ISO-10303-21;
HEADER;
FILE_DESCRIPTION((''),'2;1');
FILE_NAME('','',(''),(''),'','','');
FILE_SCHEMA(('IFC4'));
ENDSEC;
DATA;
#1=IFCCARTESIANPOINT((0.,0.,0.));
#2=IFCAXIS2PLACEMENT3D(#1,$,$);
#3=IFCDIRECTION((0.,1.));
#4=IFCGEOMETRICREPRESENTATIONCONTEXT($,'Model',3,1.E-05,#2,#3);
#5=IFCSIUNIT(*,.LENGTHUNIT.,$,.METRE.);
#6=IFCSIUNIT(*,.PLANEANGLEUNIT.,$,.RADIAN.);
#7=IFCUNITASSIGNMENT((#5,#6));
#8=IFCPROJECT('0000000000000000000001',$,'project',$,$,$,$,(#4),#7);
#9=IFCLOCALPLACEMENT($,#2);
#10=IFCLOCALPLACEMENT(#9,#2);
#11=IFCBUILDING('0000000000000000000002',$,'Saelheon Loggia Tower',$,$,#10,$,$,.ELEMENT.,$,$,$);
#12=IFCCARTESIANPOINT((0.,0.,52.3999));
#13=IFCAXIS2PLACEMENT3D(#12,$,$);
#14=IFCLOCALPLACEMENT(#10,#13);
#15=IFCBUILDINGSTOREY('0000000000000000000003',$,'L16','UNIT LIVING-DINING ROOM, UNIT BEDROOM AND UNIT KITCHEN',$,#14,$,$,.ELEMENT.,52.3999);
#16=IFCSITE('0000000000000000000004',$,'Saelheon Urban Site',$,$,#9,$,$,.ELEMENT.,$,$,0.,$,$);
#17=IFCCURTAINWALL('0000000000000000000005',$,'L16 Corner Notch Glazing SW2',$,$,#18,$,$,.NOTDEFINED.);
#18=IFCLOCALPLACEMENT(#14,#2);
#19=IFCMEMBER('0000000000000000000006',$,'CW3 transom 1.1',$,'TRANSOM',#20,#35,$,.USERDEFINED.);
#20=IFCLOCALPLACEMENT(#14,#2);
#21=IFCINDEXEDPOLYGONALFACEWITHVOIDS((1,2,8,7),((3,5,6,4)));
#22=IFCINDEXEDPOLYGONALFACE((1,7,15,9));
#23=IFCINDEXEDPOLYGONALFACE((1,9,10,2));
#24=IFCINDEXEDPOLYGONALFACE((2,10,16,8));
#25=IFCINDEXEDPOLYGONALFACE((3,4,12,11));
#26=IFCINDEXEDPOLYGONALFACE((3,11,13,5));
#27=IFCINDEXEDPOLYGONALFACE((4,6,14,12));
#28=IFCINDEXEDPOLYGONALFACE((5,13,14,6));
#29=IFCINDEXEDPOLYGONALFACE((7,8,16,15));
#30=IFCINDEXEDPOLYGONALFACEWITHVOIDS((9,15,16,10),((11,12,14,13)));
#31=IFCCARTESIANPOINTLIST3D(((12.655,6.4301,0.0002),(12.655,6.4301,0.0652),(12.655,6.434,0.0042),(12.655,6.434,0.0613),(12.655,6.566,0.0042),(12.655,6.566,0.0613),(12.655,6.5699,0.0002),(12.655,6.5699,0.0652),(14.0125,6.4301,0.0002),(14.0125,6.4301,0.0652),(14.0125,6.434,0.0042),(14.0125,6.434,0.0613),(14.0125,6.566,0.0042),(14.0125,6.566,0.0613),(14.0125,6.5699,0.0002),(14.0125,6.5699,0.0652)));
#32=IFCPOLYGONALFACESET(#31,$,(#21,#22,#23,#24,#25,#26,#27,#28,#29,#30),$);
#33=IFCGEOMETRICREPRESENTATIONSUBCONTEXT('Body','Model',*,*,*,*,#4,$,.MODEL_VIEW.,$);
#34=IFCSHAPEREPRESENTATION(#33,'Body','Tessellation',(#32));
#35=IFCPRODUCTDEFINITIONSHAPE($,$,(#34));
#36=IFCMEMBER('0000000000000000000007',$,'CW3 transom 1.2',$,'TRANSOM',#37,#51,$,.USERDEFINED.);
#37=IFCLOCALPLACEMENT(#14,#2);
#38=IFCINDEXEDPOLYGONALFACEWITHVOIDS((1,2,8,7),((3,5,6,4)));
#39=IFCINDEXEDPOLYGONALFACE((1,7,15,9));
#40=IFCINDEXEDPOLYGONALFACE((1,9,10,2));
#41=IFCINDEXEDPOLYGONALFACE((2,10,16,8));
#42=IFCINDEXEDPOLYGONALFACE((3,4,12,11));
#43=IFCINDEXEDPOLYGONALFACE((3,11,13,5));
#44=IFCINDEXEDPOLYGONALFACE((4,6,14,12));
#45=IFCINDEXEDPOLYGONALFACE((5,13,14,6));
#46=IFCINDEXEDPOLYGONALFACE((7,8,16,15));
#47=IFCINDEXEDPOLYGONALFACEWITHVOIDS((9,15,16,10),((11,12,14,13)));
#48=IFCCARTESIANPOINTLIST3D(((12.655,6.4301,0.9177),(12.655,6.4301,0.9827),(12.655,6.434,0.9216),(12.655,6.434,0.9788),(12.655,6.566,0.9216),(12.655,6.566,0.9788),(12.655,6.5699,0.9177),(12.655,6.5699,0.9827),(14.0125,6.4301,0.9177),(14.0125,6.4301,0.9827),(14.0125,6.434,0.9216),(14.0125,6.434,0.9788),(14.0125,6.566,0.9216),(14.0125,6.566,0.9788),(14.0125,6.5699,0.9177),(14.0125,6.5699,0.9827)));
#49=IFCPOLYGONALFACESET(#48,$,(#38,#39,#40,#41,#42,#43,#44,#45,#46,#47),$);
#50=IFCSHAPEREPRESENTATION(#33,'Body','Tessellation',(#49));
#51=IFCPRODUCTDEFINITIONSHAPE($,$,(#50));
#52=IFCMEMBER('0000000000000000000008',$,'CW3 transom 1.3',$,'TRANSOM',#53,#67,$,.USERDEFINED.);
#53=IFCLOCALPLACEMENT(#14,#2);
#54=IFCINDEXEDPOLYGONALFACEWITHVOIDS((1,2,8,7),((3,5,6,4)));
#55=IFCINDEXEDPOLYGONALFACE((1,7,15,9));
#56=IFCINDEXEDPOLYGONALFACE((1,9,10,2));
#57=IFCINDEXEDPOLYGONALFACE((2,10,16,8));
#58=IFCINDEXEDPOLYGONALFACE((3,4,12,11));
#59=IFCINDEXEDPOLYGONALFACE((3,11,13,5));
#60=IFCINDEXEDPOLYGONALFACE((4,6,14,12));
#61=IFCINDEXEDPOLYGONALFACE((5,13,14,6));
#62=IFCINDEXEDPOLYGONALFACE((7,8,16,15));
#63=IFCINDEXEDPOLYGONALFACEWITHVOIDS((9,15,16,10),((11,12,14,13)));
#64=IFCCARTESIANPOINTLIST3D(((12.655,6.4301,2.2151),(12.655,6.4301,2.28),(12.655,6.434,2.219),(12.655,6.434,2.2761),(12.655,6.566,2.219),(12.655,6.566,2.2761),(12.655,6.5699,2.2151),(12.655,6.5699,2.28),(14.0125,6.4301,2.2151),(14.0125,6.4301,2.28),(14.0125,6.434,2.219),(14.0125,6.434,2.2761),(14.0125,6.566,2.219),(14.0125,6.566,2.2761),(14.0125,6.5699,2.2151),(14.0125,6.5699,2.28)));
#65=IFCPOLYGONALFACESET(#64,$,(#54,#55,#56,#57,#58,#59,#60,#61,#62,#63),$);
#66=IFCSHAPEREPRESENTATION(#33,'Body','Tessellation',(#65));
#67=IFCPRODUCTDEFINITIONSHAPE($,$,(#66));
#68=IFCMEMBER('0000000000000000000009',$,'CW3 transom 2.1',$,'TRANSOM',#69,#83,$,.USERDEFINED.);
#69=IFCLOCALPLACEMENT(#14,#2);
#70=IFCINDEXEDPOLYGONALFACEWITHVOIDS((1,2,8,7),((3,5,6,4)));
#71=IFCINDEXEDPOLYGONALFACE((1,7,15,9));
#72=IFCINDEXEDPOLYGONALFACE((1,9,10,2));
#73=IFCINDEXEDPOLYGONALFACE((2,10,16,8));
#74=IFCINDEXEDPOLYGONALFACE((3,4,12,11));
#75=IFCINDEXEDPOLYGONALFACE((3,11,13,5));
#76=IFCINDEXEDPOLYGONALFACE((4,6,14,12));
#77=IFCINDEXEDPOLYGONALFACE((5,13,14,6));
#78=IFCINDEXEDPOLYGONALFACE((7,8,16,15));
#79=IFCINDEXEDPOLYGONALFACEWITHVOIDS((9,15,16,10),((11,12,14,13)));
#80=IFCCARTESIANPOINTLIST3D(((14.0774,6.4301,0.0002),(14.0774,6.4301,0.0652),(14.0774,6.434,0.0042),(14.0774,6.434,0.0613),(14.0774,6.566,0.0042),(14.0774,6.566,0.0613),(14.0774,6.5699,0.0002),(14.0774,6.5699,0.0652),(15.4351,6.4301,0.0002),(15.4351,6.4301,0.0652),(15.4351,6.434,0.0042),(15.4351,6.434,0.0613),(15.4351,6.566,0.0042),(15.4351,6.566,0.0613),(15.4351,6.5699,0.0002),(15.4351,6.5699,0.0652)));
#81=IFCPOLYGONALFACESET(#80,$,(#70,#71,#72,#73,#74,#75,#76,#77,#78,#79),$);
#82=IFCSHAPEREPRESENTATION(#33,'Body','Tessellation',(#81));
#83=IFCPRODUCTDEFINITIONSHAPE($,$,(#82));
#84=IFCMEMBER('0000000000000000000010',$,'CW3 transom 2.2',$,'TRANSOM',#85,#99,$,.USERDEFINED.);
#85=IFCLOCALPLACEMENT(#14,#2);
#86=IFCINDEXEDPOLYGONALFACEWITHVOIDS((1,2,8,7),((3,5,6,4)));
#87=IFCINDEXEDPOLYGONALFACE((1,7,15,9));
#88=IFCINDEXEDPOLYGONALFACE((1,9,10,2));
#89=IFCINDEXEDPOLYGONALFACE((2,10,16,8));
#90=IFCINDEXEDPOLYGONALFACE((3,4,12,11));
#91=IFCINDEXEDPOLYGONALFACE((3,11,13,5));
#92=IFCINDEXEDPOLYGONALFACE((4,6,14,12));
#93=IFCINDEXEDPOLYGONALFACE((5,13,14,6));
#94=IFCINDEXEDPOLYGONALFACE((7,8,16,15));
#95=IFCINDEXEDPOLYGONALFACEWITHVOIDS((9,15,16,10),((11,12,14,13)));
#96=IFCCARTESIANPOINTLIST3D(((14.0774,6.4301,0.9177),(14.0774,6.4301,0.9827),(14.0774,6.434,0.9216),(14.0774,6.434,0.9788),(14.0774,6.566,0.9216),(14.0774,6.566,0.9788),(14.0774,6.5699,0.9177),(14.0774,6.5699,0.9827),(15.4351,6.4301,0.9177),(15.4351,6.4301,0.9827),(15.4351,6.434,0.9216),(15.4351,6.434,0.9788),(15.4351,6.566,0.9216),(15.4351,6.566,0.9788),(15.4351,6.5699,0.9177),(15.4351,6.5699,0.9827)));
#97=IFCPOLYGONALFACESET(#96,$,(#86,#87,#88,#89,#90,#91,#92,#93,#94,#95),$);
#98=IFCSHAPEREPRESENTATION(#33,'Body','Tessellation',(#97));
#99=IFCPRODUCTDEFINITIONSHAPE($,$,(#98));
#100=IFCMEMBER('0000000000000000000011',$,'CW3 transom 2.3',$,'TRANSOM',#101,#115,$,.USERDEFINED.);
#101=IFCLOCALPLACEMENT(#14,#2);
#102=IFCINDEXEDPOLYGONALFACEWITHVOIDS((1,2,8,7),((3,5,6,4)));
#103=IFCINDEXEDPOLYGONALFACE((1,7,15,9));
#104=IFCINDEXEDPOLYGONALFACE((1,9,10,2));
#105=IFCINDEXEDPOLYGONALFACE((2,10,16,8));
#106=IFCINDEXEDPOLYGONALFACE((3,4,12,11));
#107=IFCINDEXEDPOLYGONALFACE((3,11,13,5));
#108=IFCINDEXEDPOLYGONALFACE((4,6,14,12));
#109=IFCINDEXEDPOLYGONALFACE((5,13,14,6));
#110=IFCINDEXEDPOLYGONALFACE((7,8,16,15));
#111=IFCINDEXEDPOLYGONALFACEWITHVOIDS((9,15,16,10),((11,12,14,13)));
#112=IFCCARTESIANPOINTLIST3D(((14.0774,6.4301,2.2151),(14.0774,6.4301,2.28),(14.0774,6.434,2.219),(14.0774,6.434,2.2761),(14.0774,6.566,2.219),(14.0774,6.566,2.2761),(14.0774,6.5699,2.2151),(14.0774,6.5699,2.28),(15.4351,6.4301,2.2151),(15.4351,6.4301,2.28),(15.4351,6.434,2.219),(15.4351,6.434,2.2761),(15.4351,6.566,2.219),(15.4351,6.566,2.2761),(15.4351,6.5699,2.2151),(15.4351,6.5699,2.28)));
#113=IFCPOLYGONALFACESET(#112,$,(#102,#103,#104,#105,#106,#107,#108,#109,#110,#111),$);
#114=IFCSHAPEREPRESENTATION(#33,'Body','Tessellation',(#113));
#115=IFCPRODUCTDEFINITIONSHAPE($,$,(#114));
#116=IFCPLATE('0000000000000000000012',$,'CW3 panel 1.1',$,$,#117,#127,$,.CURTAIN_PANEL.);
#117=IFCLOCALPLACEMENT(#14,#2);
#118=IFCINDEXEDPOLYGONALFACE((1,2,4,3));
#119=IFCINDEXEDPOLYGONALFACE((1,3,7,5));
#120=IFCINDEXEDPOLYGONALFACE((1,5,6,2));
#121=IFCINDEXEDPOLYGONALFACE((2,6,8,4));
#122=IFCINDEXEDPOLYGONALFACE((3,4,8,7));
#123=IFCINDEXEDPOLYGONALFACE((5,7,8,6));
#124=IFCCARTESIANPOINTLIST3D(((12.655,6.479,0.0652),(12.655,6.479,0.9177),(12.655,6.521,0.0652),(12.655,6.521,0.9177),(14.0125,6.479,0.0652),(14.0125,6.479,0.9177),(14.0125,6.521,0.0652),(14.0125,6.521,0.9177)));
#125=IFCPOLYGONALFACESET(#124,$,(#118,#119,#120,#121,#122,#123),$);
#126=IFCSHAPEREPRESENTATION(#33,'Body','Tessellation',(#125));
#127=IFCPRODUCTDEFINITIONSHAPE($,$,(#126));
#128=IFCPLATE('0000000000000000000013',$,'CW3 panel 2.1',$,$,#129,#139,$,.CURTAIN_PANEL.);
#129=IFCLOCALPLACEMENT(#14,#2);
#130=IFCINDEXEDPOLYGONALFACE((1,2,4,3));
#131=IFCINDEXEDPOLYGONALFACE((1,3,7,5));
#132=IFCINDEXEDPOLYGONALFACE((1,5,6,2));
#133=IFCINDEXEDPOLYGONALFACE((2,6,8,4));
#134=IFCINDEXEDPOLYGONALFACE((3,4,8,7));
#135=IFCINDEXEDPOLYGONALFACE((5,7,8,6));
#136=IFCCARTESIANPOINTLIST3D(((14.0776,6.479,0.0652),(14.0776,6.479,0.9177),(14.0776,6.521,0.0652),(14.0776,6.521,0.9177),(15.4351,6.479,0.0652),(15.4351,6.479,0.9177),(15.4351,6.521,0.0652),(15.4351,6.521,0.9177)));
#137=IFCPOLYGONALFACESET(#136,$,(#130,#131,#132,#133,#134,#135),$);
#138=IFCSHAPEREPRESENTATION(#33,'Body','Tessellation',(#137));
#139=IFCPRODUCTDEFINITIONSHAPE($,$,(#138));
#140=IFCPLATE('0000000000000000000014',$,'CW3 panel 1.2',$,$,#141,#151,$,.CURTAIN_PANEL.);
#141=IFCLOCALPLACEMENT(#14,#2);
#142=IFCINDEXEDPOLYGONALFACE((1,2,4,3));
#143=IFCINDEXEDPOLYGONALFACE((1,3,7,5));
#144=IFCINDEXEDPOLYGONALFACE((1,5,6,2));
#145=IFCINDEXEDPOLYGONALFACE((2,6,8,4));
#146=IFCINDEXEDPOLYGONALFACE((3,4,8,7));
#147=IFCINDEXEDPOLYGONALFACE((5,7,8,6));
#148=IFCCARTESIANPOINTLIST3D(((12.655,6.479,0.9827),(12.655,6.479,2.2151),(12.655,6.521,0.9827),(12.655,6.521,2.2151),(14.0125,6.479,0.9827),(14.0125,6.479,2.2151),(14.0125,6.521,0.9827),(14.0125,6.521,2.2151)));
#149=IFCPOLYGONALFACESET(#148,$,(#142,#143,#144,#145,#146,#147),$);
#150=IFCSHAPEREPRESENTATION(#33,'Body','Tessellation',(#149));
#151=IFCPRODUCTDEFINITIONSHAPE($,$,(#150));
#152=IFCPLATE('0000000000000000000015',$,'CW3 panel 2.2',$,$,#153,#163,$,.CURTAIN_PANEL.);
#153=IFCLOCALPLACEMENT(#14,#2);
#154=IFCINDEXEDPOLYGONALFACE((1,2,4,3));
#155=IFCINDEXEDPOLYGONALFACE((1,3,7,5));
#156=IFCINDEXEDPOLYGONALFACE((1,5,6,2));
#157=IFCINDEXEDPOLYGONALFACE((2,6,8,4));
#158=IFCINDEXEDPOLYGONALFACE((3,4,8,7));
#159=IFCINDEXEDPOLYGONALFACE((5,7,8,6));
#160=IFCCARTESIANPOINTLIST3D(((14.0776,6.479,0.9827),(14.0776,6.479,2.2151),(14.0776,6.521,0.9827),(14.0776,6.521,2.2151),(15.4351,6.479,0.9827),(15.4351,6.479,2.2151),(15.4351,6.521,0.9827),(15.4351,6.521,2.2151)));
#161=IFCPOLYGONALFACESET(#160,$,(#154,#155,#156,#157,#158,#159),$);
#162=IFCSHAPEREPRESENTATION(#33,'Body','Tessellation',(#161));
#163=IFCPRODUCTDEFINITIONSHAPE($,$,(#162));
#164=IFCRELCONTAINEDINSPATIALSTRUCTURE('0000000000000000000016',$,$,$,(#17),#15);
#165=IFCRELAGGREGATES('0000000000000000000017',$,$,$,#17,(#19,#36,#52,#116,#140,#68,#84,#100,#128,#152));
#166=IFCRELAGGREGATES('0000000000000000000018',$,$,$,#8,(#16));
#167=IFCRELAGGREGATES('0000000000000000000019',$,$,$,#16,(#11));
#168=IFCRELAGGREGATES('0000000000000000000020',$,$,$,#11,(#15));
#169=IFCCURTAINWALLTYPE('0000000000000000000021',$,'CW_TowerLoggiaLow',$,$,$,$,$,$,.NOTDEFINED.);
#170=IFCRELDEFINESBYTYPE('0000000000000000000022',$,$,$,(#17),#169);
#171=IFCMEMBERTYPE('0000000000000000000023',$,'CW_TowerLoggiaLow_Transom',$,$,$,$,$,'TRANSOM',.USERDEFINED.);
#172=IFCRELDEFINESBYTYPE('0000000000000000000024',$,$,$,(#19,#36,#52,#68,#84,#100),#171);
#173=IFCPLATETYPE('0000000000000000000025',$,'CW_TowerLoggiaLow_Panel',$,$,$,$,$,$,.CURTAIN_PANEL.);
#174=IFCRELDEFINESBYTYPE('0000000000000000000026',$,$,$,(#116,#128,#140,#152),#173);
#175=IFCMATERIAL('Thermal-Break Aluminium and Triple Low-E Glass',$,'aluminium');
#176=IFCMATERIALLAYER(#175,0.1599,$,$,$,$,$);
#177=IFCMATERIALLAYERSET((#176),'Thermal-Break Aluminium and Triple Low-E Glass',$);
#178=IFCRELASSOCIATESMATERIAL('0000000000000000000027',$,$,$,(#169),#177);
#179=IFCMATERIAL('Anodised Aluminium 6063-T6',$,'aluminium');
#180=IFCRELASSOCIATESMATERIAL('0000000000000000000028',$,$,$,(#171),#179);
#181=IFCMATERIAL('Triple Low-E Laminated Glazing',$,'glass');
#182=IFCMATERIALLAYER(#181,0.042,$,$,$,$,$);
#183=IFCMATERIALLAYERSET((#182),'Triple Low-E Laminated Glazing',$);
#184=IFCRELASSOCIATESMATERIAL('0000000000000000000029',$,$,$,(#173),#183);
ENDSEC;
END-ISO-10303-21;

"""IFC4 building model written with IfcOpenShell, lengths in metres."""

from ifc_helpers import new_model, si_unit, direction, frame, origin, origin_2d, place, context, subcontext, project, spatial, rectangle, hollow_rectangle, extrude, source, transform, mapped, material, layer, layer_set, material_profile, profile_set, type_object, element, aggregate, save


model = new_model("IFC4")

# Units and contexts
model_context = context("Model", 3, precision=1e-05, world=origin(), true_north=direction((0.0, 1.0)))
body_context = subcontext(model_context, "Body", "Model", "MODEL_VIEW")
ifc_project = project(units=[si_unit("LENGTHUNIT", "METRE"), si_unit("PLANEANGLEUNIT", "RADIAN")], contexts=[model_context])

# Site, building, storey
site_placement = place(None, origin())
site = spatial("IfcSite", under=ifc_project, at=site_placement, Name="Saelheon Urban Site", CompositionType="ELEMENT", RefElevation=0.0)
building_placement = place(site_placement, origin())
building = spatial("IfcBuilding", under=site, at=building_placement, Name="Saelheon Loggia Tower", CompositionType="ELEMENT")
storey_placement = place(building_placement, frame((0.0, 0.0, 52.3999)))
storey = spatial("IfcBuildingStorey", under=building, at=storey_placement, Name="L16", Description="UNIT LIVING-DINING ROOM, UNIT BEDROOM AND UNIT KITCHEN", CompositionType="ELEMENT", Elevation=52.3999)

# Shared definitions
ifc_material_1 = material(Name="Thermal-Break Aluminium and Triple Low-E Glass", Category="aluminium")
ifc_layer_1 = layer(ifc_material_1, 0.1599)
ifc_layer_set_1 = layer_set([ifc_layer_1], Name="Thermal-Break Aluminium and Triple Low-E Glass")
curtain_wall_type = type_object("IfcCurtainWallType", Name="CW_TowerLoggiaLow", PredefinedType="NOTDEFINED", material=ifc_layer_set_1)
ifc_material_2 = material(Name="Anodised Aluminium 6063-T6", Category="aluminium")

# Curtain wall, members, plates
curtain_wall_1_placement = place(storey_placement, origin())
curtain_wall_1 = element("IfcCurtainWall", 1, at=curtain_wall_1_placement, inside=storey, type_object=curtain_wall_type, Name="L16 Corner Notch Glazing SW2", PredefinedType="NOTDEFINED")
ifc_material_profile_1 = material_profile(ifc_material_2, hollow_rectangle(XDim=0.0649, YDim=0.1399, WallThickness=0.0039, at=origin_2d()), Name="RHS-140x65x4")
ifc_profile_set_1 = profile_set([ifc_material_profile_1], Name="Anodised Aluminium 6063-T6")
member_type_1 = type_object("IfcMemberType", Name="CW_TowerLoggiaLow_Transom", ElementType="TRANSOM", PredefinedType="USERDEFINED", material=ifc_profile_set_1)
shared_shape_1 = source(origin(), body_context, "Body", "SweptSolid", [
    extrude(hollow_rectangle(XDim=0.0649, YDim=0.1399, WallThickness=0.0039, at=origin_2d()), origin(), (0.0, 0.0, 1.0), 1.3574),
])
member_1_placement = place(storey_placement, frame((12.655, 6.5, 0.0327), z_axis=(1.0, 0.0, 0.0), x_axis=(0.0, 0.0, 1.0)))
member_1 = element("IfcMember", 2, at=member_1_placement, type_object=member_type_1, Name="CW3 transom 1.1", ObjectType="TRANSOM", PredefinedType="USERDEFINED", context=body_context, shape_type="MappedRepresentation", body=[
    mapped(shared_shape_1, transform((0.0, 0.0, 0.0), scale=1.0)),
])
member_2_placement = place(storey_placement, frame((12.655, 6.5, 0.9502), z_axis=(1.0, 0.0, 0.0), x_axis=(0.0, 0.0, 1.0)))
member_2 = element("IfcMember", 3, at=member_2_placement, type_object=member_type_1, Name="CW3 transom 1.2", ObjectType="TRANSOM", PredefinedType="USERDEFINED", context=body_context, shape_type="MappedRepresentation", body=[
    mapped(shared_shape_1, transform((0.0, 0.0, 0.0), scale=1.0)),
])
member_3_placement = place(storey_placement, frame((12.655, 6.5, 2.2476), z_axis=(1.0, 0.0, 0.0), x_axis=(0.0, 0.0, 1.0)))
member_3 = element("IfcMember", 4, at=member_3_placement, type_object=member_type_1, Name="CW3 transom 1.3", ObjectType="TRANSOM", PredefinedType="USERDEFINED", context=body_context, shape_type="MappedRepresentation", body=[
    mapped(shared_shape_1, transform((0.0, 0.0, 0.0), scale=1.0)),
])
shared_shape_2 = source(origin(), body_context, "Body", "SweptSolid", [
    extrude(hollow_rectangle(XDim=0.0649, YDim=0.1399, WallThickness=0.0039, at=origin_2d()), origin(), (0.0, 0.0, 1.0), 1.3577),
])
member_4_placement = place(storey_placement, frame((14.0774, 6.5, 0.0327), z_axis=(1.0, 0.0, 0.0), x_axis=(0.0, 0.0, 1.0)))
member_4 = element("IfcMember", 5, at=member_4_placement, type_object=member_type_1, Name="CW3 transom 2.1", ObjectType="TRANSOM", PredefinedType="USERDEFINED", context=body_context, shape_type="MappedRepresentation", body=[
    mapped(shared_shape_2, transform((0.0, 0.0, 0.0), scale=1.0)),
])
member_5_placement = place(storey_placement, frame((14.0774, 6.5, 0.9502), z_axis=(1.0, 0.0, 0.0), x_axis=(0.0, 0.0, 1.0)))
member_5 = element("IfcMember", 6, at=member_5_placement, type_object=member_type_1, Name="CW3 transom 2.2", ObjectType="TRANSOM", PredefinedType="USERDEFINED", context=body_context, shape_type="MappedRepresentation", body=[
    mapped(shared_shape_2, transform((0.0, 0.0, 0.0), scale=1.0)),
])
member_6_placement = place(storey_placement, frame((14.0774, 6.5, 2.2476), z_axis=(1.0, 0.0, 0.0), x_axis=(0.0, 0.0, 1.0)))
member_6 = element("IfcMember", 7, at=member_6_placement, type_object=member_type_1, Name="CW3 transom 2.3", ObjectType="TRANSOM", PredefinedType="USERDEFINED", context=body_context, shape_type="MappedRepresentation", body=[
    mapped(shared_shape_2, transform((0.0, 0.0, 0.0), scale=1.0)),
])
ifc_material_3 = material(Name="Triple Low-E Laminated Glazing", Category="glass")
ifc_layer_2 = layer(ifc_material_3, 0.042)
ifc_layer_set_2 = layer_set([ifc_layer_2], Name="Triple Low-E Laminated Glazing")
plate_type = type_object("IfcPlateType", Name="CW_TowerLoggiaLow_Panel", PredefinedType="CURTAIN_PANEL", material=ifc_layer_set_2)
shared_shape_3 = source(origin(), body_context, "Body", "SweptSolid", [
    extrude(rectangle(XDim=1.3574, YDim=0.042, at=origin_2d()), origin(), (0.0, 0.0, 1.0), 0.8525),
])
plate_1_placement = place(storey_placement, frame((13.3337, 6.5, 0.0652), z_axis=(0.0, 0.0, 1.0), x_axis=(1.0, 0.0, 0.0)))
plate_1 = element("IfcPlate", 8, at=plate_1_placement, type_object=plate_type, Name="CW3 panel 1.1", PredefinedType="CURTAIN_PANEL", context=body_context, shape_type="MappedRepresentation", body=[
    mapped(shared_shape_3, transform((0.0, 0.0, 0.0), scale=1.0)),
])
plate_2_placement = place(storey_placement, frame((14.7563, 6.5, 0.0652), z_axis=(0.0, 0.0, 1.0), x_axis=(1.0, 0.0, 0.0)))
plate_2 = element("IfcPlate", 9, at=plate_2_placement, type_object=plate_type, Name="CW3 panel 2.1", PredefinedType="CURTAIN_PANEL", context=body_context, shape_type="MappedRepresentation", body=[
    mapped(shared_shape_3, transform((0.0, 0.0, 0.0), scale=1.0)),
])
shared_shape_4 = source(origin(), body_context, "Body", "SweptSolid", [
    extrude(rectangle(XDim=1.3574, YDim=0.042, at=origin_2d()), origin(), (0.0, 0.0, 1.0), 1.2324),
])
plate_3_placement = place(storey_placement, frame((13.3337, 6.5, 0.9827), z_axis=(0.0, 0.0, 1.0), x_axis=(1.0, 0.0, 0.0)))
plate_3 = element("IfcPlate", 10, at=plate_3_placement, type_object=plate_type, Name="CW3 panel 1.2", PredefinedType="CURTAIN_PANEL", context=body_context, shape_type="MappedRepresentation", body=[
    mapped(shared_shape_4, transform((0.0, 0.0, 0.0), scale=1.0)),
])
plate_4_placement = place(storey_placement, frame((14.7563, 6.5, 0.9827), z_axis=(0.0, 0.0, 1.0), x_axis=(1.0, 0.0, 0.0)))
plate_4 = element("IfcPlate", 11, at=plate_4_placement, type_object=plate_type, Name="CW3 panel 2.2", PredefinedType="CURTAIN_PANEL", context=body_context, shape_type="MappedRepresentation", body=[
    mapped(shared_shape_4, transform((0.0, 0.0, 0.0), scale=1.0)),
])
aggregate(curtain_wall_1, [member_1, member_2, member_3, plate_1, plate_3, member_4, member_5, member_6, plate_2, plate_4])

save(model, "model.ifc")
